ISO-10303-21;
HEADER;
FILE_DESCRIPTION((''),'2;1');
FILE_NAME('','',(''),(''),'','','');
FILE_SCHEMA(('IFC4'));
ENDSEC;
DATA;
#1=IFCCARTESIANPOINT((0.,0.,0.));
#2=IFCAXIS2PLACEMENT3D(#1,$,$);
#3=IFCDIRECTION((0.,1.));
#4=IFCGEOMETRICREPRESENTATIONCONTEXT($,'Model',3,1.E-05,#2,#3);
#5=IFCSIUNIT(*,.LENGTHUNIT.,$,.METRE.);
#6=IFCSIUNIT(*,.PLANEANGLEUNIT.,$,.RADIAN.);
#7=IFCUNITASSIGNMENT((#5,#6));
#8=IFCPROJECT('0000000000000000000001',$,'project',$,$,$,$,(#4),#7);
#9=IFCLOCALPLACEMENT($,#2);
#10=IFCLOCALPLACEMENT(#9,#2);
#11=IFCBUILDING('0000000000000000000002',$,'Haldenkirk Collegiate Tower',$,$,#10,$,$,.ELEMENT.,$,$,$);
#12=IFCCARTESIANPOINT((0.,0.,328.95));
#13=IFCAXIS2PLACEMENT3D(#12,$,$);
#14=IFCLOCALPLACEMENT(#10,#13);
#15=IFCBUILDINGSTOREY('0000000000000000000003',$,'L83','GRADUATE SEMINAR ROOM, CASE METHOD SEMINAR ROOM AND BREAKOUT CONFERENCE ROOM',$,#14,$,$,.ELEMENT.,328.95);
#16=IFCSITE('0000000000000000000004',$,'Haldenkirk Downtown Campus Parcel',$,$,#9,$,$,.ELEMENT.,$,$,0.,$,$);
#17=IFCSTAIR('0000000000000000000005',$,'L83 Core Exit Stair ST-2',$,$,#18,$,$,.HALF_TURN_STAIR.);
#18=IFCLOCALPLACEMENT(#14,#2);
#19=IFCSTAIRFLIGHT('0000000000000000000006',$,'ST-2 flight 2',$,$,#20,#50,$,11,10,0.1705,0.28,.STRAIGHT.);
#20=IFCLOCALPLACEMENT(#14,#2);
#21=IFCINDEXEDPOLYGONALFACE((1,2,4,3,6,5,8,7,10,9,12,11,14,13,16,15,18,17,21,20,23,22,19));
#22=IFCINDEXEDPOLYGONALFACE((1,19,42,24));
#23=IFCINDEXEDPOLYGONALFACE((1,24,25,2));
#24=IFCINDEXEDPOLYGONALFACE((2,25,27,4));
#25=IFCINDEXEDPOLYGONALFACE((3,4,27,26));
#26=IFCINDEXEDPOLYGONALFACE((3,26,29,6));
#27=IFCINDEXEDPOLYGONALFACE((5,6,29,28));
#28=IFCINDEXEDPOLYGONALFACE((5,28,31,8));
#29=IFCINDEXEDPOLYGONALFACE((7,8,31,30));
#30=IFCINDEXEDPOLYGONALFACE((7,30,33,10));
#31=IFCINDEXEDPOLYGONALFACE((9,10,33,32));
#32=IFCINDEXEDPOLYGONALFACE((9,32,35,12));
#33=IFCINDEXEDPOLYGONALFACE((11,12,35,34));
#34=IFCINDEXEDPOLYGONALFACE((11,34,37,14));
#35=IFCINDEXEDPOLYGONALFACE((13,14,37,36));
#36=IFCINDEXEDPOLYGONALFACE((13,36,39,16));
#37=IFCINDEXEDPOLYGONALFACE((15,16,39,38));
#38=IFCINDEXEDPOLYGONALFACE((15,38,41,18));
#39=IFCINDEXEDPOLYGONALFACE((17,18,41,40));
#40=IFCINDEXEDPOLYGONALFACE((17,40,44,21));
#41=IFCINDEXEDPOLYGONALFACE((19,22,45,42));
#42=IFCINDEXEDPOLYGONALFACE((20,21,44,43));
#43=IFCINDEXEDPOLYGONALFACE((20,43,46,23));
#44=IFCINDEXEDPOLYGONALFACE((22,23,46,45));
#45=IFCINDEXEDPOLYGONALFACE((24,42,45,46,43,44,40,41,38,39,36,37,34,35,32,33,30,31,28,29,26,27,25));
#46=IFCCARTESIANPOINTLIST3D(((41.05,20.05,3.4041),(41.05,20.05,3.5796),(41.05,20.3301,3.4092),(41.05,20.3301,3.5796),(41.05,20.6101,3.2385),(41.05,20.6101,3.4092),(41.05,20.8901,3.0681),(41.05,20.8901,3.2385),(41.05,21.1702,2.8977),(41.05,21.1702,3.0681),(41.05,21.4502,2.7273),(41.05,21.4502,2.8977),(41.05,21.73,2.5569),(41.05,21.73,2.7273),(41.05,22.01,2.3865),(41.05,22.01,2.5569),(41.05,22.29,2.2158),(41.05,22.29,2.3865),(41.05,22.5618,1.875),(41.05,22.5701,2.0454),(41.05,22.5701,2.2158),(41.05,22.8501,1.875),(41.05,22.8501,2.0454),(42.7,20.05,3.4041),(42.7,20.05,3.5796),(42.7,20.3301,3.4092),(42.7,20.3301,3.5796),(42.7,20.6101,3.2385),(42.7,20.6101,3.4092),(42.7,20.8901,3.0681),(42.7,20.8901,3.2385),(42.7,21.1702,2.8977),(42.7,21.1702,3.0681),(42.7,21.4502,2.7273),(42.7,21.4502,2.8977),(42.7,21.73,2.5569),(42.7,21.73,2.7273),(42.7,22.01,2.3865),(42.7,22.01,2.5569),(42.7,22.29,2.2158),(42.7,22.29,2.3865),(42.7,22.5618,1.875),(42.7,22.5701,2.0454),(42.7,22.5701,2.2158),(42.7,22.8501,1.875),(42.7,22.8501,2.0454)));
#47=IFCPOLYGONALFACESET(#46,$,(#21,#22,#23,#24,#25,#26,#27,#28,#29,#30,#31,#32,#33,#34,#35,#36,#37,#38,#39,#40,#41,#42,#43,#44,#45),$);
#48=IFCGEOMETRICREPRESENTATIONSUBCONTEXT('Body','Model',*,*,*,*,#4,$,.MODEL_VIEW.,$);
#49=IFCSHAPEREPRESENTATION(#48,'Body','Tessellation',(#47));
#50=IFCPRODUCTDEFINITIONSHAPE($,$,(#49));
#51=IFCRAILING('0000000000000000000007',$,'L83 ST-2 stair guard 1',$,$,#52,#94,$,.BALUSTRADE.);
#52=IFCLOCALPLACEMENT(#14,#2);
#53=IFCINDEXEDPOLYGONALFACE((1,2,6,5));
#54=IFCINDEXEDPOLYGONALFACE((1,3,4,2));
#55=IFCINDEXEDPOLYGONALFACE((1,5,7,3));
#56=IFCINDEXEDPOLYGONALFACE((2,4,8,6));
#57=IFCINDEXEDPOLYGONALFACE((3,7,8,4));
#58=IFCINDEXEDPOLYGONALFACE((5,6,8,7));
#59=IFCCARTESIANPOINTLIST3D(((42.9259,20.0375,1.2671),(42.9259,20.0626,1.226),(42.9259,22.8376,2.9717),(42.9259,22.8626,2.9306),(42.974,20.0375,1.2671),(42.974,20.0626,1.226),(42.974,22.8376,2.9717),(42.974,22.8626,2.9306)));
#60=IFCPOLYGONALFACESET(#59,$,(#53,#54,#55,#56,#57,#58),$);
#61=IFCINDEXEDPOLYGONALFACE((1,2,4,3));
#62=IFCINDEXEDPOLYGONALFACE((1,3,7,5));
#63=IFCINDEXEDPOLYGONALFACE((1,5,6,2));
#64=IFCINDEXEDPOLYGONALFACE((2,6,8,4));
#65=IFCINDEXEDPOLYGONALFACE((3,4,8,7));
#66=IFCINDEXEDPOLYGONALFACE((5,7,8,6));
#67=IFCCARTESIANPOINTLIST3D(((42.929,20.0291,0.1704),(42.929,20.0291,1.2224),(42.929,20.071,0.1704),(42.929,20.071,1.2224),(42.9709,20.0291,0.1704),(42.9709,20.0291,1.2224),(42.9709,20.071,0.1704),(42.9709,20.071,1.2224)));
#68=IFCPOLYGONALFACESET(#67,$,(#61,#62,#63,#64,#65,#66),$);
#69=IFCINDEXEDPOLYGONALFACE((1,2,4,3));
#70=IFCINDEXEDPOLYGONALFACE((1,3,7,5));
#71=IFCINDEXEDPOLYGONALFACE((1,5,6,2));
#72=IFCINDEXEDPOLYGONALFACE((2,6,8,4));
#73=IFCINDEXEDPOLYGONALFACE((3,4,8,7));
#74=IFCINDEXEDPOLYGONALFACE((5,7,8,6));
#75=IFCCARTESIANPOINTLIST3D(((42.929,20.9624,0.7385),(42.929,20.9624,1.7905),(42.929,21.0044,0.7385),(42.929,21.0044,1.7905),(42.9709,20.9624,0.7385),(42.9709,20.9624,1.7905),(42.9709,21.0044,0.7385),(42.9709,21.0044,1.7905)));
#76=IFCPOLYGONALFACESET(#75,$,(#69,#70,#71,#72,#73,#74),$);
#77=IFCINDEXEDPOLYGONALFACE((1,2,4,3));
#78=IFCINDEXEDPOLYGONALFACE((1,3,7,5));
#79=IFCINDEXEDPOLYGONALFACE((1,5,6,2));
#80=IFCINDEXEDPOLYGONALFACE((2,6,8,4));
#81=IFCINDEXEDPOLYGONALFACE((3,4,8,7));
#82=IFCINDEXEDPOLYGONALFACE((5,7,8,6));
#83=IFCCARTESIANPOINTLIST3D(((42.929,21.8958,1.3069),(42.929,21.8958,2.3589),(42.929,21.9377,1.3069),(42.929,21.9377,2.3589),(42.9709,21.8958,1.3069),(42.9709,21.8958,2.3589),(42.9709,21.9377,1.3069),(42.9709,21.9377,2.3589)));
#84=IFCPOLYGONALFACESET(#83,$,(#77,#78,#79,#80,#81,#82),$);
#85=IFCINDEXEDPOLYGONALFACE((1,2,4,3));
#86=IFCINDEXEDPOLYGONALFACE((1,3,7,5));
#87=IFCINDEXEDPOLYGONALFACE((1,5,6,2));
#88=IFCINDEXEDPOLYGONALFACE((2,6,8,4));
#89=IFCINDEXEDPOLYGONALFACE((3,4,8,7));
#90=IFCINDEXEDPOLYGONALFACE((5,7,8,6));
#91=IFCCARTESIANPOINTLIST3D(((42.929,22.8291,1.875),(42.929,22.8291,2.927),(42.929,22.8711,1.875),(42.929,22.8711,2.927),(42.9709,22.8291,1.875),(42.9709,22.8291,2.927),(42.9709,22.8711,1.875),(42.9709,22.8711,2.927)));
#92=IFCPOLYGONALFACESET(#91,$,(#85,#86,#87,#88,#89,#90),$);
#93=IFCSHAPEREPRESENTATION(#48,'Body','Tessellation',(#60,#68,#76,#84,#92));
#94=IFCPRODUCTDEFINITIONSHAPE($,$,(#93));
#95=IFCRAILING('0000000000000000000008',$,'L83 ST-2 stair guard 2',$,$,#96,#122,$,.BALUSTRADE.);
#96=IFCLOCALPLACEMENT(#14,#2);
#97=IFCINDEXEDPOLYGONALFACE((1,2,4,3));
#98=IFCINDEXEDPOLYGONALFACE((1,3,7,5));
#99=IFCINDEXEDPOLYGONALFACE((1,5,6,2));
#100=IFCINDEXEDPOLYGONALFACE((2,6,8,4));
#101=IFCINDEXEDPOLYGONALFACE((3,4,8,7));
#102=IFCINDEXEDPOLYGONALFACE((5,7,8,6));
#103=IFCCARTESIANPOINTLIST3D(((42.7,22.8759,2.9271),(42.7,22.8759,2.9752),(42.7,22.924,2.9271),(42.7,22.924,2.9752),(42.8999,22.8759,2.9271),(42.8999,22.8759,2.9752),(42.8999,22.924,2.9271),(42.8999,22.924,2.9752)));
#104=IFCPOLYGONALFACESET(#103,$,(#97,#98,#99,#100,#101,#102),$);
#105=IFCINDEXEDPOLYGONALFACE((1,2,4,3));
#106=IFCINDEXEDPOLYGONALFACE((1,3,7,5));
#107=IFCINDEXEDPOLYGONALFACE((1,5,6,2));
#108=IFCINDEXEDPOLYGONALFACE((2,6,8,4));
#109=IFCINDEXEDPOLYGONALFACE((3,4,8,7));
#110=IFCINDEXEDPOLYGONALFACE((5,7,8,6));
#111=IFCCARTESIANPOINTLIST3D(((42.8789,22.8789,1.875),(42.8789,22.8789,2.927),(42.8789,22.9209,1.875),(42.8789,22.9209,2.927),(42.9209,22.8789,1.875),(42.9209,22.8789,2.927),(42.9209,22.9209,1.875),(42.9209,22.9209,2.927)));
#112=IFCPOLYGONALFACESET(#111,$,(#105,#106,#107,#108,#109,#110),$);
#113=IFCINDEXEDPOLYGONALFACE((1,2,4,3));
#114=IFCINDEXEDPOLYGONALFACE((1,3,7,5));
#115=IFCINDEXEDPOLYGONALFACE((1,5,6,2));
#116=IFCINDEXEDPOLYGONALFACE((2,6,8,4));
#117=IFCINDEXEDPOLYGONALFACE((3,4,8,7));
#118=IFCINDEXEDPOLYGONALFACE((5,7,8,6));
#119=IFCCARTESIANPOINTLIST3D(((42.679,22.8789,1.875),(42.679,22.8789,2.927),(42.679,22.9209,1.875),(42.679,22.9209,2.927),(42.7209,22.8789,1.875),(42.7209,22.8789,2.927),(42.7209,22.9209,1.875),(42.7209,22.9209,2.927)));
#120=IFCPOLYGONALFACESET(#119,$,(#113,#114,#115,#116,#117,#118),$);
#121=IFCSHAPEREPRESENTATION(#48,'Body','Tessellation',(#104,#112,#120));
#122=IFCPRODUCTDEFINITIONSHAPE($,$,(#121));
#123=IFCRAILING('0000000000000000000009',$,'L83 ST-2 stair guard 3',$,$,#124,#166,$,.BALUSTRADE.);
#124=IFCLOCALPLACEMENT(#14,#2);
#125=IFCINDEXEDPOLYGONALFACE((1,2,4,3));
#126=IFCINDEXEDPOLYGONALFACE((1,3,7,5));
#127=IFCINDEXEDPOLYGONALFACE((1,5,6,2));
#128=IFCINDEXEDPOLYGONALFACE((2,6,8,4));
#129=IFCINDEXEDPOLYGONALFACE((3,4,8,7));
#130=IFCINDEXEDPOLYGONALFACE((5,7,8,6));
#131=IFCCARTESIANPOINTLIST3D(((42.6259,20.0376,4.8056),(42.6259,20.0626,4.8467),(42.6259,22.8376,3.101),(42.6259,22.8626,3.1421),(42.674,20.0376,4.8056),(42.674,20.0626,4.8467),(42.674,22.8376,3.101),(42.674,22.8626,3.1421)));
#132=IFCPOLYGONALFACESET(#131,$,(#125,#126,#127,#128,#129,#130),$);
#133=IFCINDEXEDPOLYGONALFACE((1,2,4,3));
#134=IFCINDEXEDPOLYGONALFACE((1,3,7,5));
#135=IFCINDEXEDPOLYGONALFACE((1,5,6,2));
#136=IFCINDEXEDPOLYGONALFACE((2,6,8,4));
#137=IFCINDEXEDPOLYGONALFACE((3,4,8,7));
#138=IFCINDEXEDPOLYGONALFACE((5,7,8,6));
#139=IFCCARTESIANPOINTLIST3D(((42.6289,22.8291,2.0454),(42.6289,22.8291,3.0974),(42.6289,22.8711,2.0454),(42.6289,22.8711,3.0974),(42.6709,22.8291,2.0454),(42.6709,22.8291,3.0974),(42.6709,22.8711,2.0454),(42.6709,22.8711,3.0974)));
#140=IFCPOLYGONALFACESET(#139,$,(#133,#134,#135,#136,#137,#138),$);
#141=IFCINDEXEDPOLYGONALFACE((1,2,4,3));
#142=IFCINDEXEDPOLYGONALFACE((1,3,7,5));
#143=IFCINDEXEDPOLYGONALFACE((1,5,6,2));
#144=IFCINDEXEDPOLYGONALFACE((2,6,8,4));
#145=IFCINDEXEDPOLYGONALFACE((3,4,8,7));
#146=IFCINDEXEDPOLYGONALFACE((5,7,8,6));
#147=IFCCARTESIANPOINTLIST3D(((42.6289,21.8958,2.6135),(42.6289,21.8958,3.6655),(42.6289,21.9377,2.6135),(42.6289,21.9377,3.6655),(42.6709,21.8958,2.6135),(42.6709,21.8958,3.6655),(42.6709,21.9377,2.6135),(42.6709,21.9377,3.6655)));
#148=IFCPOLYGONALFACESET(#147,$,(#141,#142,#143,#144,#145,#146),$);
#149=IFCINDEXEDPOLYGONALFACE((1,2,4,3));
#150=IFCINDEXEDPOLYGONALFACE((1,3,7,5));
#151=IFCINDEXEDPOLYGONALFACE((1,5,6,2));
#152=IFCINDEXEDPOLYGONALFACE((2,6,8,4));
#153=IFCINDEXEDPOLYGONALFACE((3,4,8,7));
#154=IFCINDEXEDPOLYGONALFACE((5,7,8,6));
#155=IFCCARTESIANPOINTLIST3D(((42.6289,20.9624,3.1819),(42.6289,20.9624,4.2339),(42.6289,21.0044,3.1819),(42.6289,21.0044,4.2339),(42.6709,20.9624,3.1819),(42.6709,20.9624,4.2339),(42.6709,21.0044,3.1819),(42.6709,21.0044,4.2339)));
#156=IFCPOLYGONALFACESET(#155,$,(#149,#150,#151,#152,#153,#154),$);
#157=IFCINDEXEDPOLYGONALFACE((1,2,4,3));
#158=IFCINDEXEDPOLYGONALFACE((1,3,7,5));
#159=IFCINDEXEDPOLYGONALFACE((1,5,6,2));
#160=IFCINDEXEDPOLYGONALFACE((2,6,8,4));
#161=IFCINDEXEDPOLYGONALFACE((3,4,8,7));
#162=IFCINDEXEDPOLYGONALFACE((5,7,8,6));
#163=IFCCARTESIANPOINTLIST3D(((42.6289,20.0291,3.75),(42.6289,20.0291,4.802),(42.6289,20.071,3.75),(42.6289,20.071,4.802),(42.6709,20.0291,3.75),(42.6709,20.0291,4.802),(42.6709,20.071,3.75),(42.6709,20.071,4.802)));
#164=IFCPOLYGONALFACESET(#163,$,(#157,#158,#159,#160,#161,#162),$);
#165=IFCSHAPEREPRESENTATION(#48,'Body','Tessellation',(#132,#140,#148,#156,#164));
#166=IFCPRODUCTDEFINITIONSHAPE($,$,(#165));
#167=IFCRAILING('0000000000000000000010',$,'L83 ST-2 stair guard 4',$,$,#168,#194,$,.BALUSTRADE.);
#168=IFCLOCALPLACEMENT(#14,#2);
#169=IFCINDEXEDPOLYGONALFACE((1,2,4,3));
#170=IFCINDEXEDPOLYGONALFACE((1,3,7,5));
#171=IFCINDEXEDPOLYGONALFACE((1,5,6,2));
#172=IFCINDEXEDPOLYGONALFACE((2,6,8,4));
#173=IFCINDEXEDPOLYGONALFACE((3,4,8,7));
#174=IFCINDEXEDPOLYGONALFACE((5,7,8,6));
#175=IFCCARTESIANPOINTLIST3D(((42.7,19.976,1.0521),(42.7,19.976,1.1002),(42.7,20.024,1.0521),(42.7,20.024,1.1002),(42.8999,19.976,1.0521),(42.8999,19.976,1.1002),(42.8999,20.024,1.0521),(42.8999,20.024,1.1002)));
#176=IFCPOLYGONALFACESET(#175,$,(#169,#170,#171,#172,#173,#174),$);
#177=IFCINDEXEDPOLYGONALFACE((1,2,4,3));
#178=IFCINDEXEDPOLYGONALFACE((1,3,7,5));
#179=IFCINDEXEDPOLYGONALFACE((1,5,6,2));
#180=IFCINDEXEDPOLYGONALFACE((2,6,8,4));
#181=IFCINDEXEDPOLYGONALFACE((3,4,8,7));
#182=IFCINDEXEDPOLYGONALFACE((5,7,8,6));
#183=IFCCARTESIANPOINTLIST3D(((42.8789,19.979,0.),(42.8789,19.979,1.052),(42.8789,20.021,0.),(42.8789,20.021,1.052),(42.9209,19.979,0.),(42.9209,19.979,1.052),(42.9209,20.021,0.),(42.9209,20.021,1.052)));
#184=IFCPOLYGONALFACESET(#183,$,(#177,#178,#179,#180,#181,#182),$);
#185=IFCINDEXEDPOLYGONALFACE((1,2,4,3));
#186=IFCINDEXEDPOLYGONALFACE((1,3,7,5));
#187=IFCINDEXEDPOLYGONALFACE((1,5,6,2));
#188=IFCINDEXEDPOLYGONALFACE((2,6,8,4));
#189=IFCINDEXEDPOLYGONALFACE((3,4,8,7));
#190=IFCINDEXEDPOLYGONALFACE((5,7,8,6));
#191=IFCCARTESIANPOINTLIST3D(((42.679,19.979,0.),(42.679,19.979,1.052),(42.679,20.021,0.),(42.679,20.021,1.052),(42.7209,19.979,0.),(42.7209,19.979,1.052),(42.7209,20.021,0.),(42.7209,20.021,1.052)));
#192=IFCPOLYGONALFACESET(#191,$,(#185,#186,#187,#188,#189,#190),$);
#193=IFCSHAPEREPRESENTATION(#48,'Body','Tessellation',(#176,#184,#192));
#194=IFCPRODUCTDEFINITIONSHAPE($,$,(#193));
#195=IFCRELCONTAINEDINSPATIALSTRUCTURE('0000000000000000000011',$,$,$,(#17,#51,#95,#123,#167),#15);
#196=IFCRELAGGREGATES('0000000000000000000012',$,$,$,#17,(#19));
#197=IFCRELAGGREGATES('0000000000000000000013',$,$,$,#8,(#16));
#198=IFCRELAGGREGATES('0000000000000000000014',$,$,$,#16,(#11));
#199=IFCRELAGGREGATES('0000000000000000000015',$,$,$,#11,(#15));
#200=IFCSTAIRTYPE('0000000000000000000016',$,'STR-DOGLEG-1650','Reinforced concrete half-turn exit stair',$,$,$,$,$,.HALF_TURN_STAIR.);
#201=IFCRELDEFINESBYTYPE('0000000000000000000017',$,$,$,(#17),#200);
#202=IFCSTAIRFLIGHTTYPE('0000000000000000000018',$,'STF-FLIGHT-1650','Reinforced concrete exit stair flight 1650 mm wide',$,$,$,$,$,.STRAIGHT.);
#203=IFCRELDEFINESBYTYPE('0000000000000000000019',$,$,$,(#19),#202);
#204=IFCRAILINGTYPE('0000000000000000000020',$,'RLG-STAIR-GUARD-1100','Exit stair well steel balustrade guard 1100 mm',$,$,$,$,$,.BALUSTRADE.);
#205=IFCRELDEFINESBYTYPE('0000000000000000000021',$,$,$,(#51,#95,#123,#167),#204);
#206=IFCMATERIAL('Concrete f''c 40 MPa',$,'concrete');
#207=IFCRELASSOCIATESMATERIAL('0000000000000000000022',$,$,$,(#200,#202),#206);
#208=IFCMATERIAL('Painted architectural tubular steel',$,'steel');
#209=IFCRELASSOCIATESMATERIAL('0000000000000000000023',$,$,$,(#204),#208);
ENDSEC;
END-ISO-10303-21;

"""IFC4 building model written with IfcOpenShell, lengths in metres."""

from ifc_helpers import new_model, si_unit, direction, frame, origin, origin_2d, place, context, subcontext, project, spatial, polyline, rectangle, outline, extrude, material, type_object, element, aggregate, save


model = new_model("IFC4")

# Units and contexts
model_context = context("Model", 3, precision=1e-05, world=origin(), true_north=direction((0.0, 1.0)))
body_context = subcontext(model_context, "Body", "Model", "MODEL_VIEW")
ifc_project = project(units=[si_unit("LENGTHUNIT", "METRE"), si_unit("PLANEANGLEUNIT", "RADIAN")], contexts=[model_context])

# Site, building, storey
site_placement = place(None, origin())
site = spatial("IfcSite", under=ifc_project, at=site_placement, Name="Haldenkirk Downtown Campus Parcel", CompositionType="ELEMENT", RefElevation=0.0)
building_placement = place(site_placement, origin())
building = spatial("IfcBuilding", under=site, at=building_placement, Name="Haldenkirk Collegiate Tower", CompositionType="ELEMENT")
storey_placement = place(building_placement, frame((0.0, 0.0, 328.95)))
storey = spatial("IfcBuildingStorey", under=building, at=storey_placement, Name="L83", Description="GRADUATE SEMINAR ROOM, CASE METHOD SEMINAR ROOM AND BREAKOUT CONFERENCE ROOM", CompositionType="ELEMENT", Elevation=328.95)

# Stair, stair flight
ifc_material_1 = material(Name="Concrete f'c 40 MPa", Category="concrete")
stair_type = type_object("IfcStairType", Name="STR-DOGLEG-1650", Description="Reinforced concrete half-turn exit stair", PredefinedType="HALF_TURN_STAIR", material=ifc_material_1)
stair_placement = place(storey_placement, origin())
stair = element("IfcStair", 1, at=stair_placement, inside=storey, type_object=stair_type, Name="L83 Core Exit Stair ST-2", PredefinedType="HALF_TURN_STAIR")
stair_flight_type = type_object("IfcStairFlightType", Name="STF-FLIGHT-1650", Description="Reinforced concrete exit stair flight 1650 mm wide", PredefinedType="STRAIGHT", material=ifc_material_1)
stair_flight_1_placement = place(storey_placement, frame((41.875, 22.8501, 1.875), z_axis=(0.0, 0.0, 1.0), x_axis=(0.0, -1.0, 0.0)))
stair_flight_1 = element("IfcStairFlight", 2, at=stair_flight_1_placement, type_object=stair_flight_type, Name="ST-2 flight 2", NumberOfRisers=11, NumberOfTreads=10, PredefinedType="STRAIGHT", RiserHeight=0.1705, TreadLength=0.28, context=body_context, shape_type="SweptSolid", body=[
    extrude(outline(polyline([(0.0, 0.0), (0.0, 0.1704), (0.28, 0.1704), (0.28, 0.3408), (0.5601, 0.3408), (0.5601, 0.5115), (0.8401, 0.5115), (0.8401, 0.6819), (1.1201, 0.6819), (1.1201, 0.8523), (1.3999, 0.8523), (1.3999, 1.0227), (1.6799, 1.0227), (1.6799, 1.1931), (1.96, 1.1931), (1.96, 1.3635), (2.24, 1.3635), (2.24, 1.5342), (2.52, 1.5342), (2.52, 1.7046), (2.8, 1.7046), (2.8, 1.875), (2.8, 1.5291), (0.2883, 0.0), (0.0, 0.0)])), frame((0.0, 0.825, 0.0), z_axis=(0.0, -1.0, 0.0), x_axis=(1.0, 0.0, 0.0)), (0.0, 0.0, 1.0), 1.6499),
])
aggregate(stair, [stair_flight_1])

# Railings
ifc_material_2 = material(Name="Painted architectural tubular steel", Category="steel")
railing_type_1 = type_object("IfcRailingType", Name="RLG-STAIR-GUARD-1100", Description="Exit stair well steel balustrade guard 1100 mm", PredefinedType="BALUSTRADE", material=ifc_material_2)
railing_1_placement = place(storey_placement, frame((42.95, 20.05, 0.1704)))
element("IfcRailing", 3, at=railing_1_placement, inside=storey, type_object=railing_type_1, Name="L83 ST-2 stair guard 1", PredefinedType="BALUSTRADE", context=body_context, shape_type="SweptSolid", body=[
    extrude(rectangle(XDim=0.0481, YDim=0.0481, at=origin_2d()), frame((0.0, 0.0, 1.0762), z_axis=(0.0, 0.85417, 0.519994), x_axis=(-1.0, 0.0, 0.0)), (0.0, 0.0, 1.0), 3.2781),
    extrude(rectangle(XDim=0.042, YDim=0.042, at=origin_2d()), origin(), (0.0, 0.0, 1.0), 1.052),
    extrude(rectangle(XDim=0.042, YDim=0.042, at=origin_2d()), frame((0.0, 0.9333, 0.5681)), (0.0, 0.0, 1.0), 1.052),
    extrude(rectangle(XDim=0.042, YDim=0.042, at=origin_2d()), frame((0.0, 1.8667, 1.1365)), (0.0, 0.0, 1.0), 1.052),
    extrude(rectangle(XDim=0.042, YDim=0.042, at=origin_2d()), frame((0.0, 2.8, 1.7046)), (0.0, 0.0, 1.0), 1.052),
])
railing_2_placement = place(storey_placement, frame((42.8999, 22.8999, 1.875)))
element("IfcRailing", 4, at=railing_2_placement, inside=storey, type_object=railing_type_1, Name="L83 ST-2 stair guard 2", PredefinedType="BALUSTRADE", context=body_context, shape_type="SweptSolid", body=[
    extrude(rectangle(XDim=0.0481, YDim=0.0481, at=origin_2d()), frame((0.0, 0.0, 1.0762), z_axis=(-1.0, 0.0, 0.0), x_axis=(0.0, -1.0, 0.0)), (0.0, 0.0, 1.0), 0.2),
    extrude(rectangle(XDim=0.042, YDim=0.042, at=origin_2d()), origin(), (0.0, 0.0, 1.0), 1.052),
    extrude(rectangle(XDim=0.042, YDim=0.042, at=origin_2d()), frame((-0.2, 0.0, 0.0)), (0.0, 0.0, 1.0), 1.052),
])
railing_3_placement = place(storey_placement, frame((42.6499, 22.8501, 2.0454)))
element("IfcRailing", 5, at=railing_3_placement, inside=storey, type_object=railing_type_1, Name="L83 ST-2 stair guard 3", PredefinedType="BALUSTRADE", context=body_context, shape_type="SweptSolid", body=[
    extrude(rectangle(XDim=0.0481, YDim=0.0481, at=origin_2d()), frame((0.0, 0.0, 1.0762), z_axis=(0.0, -0.85417, 0.519994), x_axis=(1.0, 0.0, 0.0)), (0.0, 0.0, 1.0), 3.2781),
    extrude(rectangle(XDim=0.042, YDim=0.042, at=origin_2d()), origin(), (0.0, 0.0, 1.0), 1.052),
    extrude(rectangle(XDim=0.042, YDim=0.042, at=origin_2d()), frame((0.0, -0.9333, 0.5681)), (0.0, 0.0, 1.0), 1.052),
    extrude(rectangle(XDim=0.042, YDim=0.042, at=origin_2d()), frame((0.0, -1.8667, 1.1365)), (0.0, 0.0, 1.0), 1.052),
    extrude(rectangle(XDim=0.042, YDim=0.042, at=origin_2d()), frame((0.0, -2.8, 1.7046)), (0.0, 0.0, 1.0), 1.052),
])
railing_4_placement = place(storey_placement, frame((42.8999, 20.0, 0.0)))
element("IfcRailing", 6, at=railing_4_placement, inside=storey, type_object=railing_type_1, Name="L83 ST-2 stair guard 4", PredefinedType="BALUSTRADE", context=body_context, shape_type="SweptSolid", body=[
    extrude(rectangle(XDim=0.0481, YDim=0.0481, at=origin_2d()), frame((0.0, 0.0, 1.0762), z_axis=(-1.0, 0.0, 0.0), x_axis=(0.0, -1.0, 0.0)), (0.0, 0.0, 1.0), 0.2),
    extrude(rectangle(XDim=0.042, YDim=0.042, at=origin_2d()), origin(), (0.0, 0.0, 1.0), 1.052),
    extrude(rectangle(XDim=0.042, YDim=0.042, at=origin_2d()), frame((-0.2, 0.0, 0.0)), (0.0, 0.0, 1.0), 1.052),
])

save(model, "model.ifc")
